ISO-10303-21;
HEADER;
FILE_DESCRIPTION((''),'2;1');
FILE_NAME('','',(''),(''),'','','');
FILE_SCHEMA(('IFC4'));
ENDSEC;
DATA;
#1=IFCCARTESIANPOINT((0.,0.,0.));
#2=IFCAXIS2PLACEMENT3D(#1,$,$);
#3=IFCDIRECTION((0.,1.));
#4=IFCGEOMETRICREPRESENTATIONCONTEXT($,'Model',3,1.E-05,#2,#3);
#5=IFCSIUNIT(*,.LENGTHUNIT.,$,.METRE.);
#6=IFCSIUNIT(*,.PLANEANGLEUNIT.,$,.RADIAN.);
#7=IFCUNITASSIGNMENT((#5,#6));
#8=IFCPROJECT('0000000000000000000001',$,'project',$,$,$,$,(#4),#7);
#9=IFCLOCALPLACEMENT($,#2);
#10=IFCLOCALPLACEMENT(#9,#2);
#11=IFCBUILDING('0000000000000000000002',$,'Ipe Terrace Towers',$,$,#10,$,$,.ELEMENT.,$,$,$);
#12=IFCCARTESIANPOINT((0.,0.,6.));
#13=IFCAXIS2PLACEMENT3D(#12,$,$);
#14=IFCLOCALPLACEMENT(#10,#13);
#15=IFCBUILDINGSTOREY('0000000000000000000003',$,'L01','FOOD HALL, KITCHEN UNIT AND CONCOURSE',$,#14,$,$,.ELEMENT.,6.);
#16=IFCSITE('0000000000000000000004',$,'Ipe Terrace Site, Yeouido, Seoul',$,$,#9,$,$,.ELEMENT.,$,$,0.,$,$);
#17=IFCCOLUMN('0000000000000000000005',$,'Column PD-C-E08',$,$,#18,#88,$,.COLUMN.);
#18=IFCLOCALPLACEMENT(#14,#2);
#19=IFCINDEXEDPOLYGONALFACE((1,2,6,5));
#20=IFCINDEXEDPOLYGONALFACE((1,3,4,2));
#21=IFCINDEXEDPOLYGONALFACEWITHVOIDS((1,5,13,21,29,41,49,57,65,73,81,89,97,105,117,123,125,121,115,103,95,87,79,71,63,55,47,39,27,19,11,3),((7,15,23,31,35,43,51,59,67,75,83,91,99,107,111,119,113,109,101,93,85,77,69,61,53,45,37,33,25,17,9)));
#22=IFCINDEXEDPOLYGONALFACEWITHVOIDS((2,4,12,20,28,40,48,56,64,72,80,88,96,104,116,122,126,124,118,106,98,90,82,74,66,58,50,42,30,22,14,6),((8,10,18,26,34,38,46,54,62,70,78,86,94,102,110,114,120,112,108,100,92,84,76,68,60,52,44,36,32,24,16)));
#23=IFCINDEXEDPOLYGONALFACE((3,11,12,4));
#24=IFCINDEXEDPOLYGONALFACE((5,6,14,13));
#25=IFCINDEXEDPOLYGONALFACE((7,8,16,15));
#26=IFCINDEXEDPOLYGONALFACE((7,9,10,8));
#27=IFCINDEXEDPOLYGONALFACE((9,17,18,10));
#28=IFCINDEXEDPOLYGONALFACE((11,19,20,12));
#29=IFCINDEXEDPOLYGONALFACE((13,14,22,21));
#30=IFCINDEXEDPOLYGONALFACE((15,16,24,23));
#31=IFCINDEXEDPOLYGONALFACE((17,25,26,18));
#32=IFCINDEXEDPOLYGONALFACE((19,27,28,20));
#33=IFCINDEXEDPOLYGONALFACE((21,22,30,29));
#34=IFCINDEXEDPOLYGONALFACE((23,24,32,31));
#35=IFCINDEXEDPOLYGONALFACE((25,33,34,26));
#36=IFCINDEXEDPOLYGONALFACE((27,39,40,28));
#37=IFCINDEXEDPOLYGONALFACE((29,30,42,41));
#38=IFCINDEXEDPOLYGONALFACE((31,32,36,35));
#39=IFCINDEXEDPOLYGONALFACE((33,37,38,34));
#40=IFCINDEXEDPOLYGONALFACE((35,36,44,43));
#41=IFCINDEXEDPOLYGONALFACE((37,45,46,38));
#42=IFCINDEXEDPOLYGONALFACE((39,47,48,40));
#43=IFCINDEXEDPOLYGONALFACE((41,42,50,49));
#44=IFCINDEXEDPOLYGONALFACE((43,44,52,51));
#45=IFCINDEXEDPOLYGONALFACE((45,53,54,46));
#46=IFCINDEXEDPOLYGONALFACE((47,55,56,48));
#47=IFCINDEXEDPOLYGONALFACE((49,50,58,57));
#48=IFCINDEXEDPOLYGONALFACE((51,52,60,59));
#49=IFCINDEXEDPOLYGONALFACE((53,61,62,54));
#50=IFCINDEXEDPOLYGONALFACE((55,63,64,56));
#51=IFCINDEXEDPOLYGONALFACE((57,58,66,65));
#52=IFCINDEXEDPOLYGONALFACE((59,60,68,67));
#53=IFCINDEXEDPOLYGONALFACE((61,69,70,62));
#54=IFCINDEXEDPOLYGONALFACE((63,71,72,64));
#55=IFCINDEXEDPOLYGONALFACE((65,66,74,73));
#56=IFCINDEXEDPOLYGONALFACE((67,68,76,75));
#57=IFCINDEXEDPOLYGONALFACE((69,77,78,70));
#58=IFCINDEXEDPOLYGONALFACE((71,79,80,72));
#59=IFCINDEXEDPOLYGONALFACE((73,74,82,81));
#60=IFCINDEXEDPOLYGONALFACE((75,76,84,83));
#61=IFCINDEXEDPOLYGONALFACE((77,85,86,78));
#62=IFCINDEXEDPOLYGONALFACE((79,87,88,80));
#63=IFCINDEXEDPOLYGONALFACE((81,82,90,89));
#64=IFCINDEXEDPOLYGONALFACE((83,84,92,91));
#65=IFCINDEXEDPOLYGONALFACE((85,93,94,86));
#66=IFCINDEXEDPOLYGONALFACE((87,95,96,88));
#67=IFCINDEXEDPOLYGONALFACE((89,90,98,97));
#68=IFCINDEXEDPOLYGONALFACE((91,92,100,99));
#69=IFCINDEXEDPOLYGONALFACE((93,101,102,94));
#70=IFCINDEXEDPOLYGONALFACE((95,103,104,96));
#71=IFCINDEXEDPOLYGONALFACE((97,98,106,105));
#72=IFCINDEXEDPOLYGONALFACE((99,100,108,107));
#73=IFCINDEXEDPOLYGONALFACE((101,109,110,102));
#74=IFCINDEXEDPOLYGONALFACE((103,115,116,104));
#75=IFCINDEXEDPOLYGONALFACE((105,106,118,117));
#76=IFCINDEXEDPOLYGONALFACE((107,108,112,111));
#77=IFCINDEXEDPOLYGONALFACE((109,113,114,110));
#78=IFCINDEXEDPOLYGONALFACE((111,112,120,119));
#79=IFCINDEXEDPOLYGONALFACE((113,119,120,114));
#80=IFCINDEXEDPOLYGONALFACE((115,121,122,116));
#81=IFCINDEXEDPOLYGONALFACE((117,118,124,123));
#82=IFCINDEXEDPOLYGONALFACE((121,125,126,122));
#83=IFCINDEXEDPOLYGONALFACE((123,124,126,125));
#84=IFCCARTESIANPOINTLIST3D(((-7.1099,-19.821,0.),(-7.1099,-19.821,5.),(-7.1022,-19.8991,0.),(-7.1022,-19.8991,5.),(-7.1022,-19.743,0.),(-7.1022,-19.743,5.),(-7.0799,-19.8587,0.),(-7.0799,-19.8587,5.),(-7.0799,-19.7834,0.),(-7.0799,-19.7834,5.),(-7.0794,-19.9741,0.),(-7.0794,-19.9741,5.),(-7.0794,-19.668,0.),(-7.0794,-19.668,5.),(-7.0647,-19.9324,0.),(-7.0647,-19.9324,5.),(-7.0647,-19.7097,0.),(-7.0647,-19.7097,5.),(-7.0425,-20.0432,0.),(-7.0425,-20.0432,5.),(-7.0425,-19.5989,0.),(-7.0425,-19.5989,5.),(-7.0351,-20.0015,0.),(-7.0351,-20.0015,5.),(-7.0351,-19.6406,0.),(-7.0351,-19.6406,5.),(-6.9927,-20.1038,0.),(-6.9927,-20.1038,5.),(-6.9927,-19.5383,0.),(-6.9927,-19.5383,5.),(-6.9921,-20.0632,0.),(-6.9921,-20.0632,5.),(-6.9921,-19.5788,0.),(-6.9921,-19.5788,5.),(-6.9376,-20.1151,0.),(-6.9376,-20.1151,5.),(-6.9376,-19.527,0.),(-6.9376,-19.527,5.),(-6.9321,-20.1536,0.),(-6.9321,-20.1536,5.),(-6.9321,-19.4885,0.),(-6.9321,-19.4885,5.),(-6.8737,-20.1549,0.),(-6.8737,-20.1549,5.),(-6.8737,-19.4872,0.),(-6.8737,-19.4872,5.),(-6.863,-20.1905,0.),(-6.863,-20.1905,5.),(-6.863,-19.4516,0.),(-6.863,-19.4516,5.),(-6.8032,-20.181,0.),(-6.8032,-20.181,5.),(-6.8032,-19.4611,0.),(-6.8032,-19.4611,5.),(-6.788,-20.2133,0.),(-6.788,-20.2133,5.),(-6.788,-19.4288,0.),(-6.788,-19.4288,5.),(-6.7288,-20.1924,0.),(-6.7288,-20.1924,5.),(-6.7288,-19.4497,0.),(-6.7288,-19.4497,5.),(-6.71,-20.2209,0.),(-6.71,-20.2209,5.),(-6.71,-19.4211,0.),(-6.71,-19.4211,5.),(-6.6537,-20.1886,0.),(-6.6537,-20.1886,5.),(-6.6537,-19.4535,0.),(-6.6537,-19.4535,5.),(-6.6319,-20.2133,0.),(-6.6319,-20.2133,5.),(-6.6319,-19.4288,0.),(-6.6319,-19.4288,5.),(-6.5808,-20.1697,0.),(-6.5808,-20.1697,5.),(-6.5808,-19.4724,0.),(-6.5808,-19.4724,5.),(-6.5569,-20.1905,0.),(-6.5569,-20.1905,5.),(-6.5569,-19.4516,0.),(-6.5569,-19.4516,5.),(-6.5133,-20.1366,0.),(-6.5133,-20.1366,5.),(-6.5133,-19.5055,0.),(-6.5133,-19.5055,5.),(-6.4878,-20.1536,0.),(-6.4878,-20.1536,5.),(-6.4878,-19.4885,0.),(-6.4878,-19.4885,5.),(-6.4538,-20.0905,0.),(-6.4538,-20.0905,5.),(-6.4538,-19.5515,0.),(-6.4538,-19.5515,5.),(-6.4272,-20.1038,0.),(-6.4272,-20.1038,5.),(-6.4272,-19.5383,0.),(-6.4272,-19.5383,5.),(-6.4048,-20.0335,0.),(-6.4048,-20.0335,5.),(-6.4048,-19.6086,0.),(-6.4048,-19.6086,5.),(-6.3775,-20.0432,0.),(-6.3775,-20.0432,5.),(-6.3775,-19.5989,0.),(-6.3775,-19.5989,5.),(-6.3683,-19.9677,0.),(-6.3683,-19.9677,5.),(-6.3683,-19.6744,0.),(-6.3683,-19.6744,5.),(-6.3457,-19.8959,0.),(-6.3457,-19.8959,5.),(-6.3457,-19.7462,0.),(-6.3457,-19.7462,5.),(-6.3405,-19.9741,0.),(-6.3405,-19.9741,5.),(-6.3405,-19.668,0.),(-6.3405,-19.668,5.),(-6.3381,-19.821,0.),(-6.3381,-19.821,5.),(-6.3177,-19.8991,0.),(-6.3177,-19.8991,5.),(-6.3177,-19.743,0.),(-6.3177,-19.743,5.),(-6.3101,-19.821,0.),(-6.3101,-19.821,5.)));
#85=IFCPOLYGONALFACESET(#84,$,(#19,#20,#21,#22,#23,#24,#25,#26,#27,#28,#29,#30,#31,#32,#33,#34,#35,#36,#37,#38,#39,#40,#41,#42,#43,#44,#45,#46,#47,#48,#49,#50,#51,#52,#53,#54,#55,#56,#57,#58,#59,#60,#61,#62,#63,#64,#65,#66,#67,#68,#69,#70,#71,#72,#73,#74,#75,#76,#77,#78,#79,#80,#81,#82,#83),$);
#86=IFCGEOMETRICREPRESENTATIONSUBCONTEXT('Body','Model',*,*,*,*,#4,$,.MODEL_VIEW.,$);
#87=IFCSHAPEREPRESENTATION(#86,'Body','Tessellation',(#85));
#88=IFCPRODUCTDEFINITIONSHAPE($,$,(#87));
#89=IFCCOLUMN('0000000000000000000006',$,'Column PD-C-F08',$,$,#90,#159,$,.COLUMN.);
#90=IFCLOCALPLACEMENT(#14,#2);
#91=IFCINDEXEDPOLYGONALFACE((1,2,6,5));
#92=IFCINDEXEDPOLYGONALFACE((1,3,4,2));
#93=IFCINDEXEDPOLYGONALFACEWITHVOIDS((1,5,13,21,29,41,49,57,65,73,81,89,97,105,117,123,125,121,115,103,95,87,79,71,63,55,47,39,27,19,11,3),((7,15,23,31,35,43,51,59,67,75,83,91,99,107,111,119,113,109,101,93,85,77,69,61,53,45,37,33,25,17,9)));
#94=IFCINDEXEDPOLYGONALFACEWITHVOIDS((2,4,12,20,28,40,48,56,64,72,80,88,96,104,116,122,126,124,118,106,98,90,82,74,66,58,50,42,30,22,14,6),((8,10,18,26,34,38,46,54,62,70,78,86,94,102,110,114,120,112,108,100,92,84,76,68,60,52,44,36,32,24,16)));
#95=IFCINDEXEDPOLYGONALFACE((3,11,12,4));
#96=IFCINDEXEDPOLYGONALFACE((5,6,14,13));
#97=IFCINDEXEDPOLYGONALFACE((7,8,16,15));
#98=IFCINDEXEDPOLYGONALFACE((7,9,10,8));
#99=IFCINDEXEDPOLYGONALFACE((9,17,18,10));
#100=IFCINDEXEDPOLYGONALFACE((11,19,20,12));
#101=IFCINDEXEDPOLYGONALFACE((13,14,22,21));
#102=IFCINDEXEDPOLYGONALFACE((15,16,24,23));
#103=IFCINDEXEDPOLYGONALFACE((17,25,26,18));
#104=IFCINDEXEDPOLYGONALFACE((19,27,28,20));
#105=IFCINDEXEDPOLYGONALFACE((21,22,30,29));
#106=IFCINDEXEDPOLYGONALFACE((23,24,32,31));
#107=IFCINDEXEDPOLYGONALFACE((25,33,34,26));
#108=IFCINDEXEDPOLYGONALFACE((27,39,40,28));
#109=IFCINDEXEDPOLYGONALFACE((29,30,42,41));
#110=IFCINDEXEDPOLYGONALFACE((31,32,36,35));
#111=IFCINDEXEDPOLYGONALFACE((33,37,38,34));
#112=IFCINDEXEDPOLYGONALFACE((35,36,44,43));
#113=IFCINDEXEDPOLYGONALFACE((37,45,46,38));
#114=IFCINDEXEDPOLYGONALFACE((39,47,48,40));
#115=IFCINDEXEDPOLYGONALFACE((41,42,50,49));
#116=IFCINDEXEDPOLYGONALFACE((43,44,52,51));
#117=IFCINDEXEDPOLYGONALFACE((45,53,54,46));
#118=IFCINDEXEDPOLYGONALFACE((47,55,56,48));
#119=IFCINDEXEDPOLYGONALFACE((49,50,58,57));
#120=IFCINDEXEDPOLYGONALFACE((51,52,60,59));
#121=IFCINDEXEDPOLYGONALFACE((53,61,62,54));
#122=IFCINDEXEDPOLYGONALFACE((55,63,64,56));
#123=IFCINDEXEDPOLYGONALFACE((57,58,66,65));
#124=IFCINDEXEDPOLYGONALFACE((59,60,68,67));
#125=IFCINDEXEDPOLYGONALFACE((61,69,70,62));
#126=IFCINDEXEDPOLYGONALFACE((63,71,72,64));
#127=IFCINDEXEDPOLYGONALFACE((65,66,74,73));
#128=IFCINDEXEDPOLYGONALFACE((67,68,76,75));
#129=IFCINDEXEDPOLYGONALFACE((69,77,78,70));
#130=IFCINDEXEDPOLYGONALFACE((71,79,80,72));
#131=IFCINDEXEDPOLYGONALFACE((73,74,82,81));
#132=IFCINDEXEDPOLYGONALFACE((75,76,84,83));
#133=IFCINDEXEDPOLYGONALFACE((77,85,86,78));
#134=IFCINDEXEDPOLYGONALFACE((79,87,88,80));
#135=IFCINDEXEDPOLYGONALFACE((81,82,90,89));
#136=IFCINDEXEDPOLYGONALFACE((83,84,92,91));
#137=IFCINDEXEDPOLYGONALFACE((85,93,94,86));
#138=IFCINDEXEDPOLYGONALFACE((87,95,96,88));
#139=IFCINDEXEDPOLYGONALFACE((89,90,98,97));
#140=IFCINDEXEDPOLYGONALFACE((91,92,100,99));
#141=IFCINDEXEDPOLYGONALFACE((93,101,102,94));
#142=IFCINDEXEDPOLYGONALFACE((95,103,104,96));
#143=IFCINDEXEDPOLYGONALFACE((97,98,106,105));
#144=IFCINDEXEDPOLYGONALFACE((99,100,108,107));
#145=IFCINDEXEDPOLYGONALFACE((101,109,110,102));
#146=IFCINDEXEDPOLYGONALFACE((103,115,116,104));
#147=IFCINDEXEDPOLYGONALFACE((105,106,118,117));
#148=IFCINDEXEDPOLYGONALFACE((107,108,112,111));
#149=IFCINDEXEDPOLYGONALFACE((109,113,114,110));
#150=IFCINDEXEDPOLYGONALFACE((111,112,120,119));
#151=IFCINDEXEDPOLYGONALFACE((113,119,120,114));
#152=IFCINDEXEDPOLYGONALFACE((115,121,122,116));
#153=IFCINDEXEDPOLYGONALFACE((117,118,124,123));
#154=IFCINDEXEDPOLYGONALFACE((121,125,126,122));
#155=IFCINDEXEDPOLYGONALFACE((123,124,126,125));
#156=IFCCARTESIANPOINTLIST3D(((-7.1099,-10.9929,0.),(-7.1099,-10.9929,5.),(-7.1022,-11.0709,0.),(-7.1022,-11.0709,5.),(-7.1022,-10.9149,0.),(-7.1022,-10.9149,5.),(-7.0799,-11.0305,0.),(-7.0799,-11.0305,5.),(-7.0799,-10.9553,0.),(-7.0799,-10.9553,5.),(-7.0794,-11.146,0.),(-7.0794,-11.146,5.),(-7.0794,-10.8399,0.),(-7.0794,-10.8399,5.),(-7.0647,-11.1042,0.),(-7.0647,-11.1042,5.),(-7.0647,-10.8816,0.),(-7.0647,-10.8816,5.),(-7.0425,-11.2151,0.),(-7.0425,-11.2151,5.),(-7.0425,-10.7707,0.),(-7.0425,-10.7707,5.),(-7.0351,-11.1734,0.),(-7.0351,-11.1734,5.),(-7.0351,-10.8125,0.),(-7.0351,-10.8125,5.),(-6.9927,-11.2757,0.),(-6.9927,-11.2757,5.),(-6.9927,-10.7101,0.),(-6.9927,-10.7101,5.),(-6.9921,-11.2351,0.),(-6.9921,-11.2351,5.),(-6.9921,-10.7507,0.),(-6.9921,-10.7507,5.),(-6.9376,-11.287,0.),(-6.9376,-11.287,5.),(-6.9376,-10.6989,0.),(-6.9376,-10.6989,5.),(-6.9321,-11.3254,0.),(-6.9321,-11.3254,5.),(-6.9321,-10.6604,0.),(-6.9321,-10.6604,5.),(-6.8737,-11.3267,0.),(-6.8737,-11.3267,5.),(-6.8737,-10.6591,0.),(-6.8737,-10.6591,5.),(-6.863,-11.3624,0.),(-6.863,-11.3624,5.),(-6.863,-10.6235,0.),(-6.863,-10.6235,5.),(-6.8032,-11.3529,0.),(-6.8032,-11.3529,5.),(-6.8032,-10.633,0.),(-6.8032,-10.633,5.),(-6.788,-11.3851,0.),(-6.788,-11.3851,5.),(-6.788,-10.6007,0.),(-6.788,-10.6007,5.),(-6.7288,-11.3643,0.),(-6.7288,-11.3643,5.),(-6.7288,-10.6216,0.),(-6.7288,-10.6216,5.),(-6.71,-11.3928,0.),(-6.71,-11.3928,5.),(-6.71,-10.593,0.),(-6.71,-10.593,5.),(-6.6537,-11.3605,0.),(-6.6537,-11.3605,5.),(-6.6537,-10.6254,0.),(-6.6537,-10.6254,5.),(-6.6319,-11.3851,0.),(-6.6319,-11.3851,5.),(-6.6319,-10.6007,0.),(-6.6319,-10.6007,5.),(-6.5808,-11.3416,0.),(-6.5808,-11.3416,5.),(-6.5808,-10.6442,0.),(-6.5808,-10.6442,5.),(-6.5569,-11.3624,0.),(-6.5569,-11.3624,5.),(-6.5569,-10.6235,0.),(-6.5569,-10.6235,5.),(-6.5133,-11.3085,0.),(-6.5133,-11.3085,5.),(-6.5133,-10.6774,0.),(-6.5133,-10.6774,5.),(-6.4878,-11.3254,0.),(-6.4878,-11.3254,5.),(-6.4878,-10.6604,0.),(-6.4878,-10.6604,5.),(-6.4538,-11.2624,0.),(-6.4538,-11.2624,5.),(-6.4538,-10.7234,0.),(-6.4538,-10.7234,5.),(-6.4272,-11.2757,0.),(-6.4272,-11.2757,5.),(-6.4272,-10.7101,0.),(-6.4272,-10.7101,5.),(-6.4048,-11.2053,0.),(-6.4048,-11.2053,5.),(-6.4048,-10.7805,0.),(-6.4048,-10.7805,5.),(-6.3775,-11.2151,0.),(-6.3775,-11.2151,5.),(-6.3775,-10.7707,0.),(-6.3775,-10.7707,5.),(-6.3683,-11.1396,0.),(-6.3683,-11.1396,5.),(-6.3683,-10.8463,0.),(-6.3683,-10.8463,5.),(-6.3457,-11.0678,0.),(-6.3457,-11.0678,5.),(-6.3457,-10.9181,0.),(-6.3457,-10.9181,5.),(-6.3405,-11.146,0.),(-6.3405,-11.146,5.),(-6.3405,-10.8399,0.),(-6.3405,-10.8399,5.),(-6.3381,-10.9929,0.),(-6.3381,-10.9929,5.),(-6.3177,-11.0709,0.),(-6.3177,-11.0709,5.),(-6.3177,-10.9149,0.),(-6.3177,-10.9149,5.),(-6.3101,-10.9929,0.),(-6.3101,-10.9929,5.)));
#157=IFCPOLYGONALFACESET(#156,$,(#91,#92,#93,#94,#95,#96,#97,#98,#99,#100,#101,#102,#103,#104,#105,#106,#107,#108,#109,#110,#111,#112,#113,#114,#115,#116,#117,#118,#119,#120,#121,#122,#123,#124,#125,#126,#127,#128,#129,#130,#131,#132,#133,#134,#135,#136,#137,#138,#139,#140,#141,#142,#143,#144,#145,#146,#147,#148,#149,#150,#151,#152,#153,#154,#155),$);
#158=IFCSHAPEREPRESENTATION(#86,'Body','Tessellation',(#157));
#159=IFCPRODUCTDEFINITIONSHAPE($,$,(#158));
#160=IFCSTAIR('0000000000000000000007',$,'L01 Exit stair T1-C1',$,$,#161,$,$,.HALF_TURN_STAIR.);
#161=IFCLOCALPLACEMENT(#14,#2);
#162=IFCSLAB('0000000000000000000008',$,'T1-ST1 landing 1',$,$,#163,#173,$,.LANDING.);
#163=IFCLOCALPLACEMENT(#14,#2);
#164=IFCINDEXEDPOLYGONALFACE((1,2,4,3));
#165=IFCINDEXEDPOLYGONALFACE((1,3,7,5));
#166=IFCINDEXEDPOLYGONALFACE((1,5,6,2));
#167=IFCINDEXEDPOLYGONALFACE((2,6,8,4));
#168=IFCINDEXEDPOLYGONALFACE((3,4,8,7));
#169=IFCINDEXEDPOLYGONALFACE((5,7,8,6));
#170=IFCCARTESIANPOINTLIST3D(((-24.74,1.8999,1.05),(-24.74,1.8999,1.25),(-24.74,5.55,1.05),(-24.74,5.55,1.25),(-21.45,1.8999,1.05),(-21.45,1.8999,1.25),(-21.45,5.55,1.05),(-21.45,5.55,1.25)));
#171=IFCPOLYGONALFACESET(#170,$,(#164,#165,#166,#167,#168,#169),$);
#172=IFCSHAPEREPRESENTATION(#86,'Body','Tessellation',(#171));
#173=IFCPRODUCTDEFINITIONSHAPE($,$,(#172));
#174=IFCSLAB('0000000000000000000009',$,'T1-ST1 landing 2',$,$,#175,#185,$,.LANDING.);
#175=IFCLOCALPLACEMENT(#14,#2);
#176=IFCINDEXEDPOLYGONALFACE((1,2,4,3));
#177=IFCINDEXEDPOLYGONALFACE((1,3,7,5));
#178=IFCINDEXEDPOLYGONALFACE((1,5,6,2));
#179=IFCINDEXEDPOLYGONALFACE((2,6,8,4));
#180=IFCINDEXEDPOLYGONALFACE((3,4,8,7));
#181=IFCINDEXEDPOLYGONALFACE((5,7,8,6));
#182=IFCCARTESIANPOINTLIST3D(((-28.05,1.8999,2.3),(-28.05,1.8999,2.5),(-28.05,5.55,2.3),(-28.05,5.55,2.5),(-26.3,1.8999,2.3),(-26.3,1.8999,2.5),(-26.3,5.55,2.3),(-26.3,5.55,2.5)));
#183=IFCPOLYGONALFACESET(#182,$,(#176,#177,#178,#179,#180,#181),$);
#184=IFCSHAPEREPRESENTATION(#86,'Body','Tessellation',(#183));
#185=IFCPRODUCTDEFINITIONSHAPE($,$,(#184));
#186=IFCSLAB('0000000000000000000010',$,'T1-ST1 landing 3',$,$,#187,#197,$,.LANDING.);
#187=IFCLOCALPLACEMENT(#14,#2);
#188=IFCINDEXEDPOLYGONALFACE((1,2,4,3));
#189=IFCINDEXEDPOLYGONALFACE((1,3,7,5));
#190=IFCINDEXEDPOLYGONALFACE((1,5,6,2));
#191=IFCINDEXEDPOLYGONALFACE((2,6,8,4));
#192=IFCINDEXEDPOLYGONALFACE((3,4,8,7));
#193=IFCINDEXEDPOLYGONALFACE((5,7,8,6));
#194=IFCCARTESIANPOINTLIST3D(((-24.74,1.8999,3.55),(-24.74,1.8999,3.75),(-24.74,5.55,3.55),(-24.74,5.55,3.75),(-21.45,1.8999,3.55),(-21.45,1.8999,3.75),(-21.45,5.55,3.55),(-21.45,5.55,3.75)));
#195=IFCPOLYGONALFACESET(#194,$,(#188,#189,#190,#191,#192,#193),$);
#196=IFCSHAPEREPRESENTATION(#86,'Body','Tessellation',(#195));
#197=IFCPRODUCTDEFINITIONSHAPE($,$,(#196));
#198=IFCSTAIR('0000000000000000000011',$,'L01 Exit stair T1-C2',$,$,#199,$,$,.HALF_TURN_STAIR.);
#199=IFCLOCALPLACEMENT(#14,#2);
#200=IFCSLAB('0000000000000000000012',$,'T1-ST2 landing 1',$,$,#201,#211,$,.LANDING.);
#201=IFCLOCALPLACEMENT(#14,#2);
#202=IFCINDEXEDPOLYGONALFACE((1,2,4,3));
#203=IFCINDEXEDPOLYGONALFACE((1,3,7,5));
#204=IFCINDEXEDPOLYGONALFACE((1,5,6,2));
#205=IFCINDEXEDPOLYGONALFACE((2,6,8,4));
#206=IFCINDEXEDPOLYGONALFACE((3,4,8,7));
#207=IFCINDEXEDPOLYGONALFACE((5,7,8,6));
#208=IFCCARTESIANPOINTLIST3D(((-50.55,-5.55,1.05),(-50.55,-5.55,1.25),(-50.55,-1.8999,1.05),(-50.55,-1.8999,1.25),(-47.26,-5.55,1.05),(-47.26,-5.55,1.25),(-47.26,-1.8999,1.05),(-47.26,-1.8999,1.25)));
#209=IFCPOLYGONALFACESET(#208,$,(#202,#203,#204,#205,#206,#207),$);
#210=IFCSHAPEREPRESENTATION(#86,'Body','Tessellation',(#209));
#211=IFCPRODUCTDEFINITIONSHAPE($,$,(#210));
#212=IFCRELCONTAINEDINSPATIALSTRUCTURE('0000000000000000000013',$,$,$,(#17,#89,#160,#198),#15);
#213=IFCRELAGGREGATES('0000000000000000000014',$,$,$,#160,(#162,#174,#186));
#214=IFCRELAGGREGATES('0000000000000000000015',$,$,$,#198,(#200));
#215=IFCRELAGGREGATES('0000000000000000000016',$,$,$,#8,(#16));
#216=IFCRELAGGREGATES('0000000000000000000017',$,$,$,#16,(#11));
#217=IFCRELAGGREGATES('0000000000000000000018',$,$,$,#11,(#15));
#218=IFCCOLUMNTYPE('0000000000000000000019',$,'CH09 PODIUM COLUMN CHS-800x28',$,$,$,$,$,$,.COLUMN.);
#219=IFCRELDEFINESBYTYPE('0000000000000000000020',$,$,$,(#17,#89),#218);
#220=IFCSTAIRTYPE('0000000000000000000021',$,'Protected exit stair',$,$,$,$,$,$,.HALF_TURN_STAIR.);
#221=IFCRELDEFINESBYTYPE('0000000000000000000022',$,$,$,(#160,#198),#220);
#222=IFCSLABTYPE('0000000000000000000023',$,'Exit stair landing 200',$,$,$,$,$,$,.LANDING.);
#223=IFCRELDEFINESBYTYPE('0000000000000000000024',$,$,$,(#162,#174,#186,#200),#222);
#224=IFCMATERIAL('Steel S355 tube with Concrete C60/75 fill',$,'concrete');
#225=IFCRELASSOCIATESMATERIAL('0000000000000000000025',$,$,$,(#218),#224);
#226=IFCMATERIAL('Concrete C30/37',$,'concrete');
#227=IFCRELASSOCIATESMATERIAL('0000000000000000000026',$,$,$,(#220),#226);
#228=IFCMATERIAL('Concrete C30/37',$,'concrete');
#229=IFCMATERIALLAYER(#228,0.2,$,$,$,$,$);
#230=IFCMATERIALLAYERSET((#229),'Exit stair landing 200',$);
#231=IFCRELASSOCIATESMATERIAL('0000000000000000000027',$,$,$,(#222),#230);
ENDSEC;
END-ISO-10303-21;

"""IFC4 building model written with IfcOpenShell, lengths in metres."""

from ifc_helpers import new_model, si_unit, direction, frame, origin, origin_2d, place, context, subcontext, project, spatial, polyline, hollow_circle, outline, extrude, material, layer, layer_set, material_profile, profile_set, type_object, element, aggregate, save


model = new_model("IFC4")

# Units and contexts
model_context = context("Model", 3, precision=1e-05, world=origin(), true_north=direction((0.0, 1.0)))
body_context = subcontext(model_context, "Body", "Model", "MODEL_VIEW")
ifc_project = project(units=[si_unit("LENGTHUNIT", "METRE"), si_unit("PLANEANGLEUNIT", "RADIAN")], contexts=[model_context])

# Site, building, storey
site_placement = place(None, origin())
site = spatial("IfcSite", under=ifc_project, at=site_placement, Name="Ipe Terrace Site, Yeouido, Seoul", CompositionType="ELEMENT", RefElevation=0.0)
building_placement = place(site_placement, origin())
building = spatial("IfcBuilding", under=site, at=building_placement, Name="Ipe Terrace Towers", CompositionType="ELEMENT")
storey_placement = place(building_placement, frame((0.0, 0.0, 6.0)))
storey = spatial("IfcBuildingStorey", under=building, at=storey_placement, Name="L01", Description="FOOD HALL, KITCHEN UNIT AND CONCOURSE", CompositionType="ELEMENT", Elevation=6.0)

# Columns
ifc_material_1 = material(Name="Steel S355 tube with Concrete C60/75 fill", Category="concrete")
ifc_material_profile_1 = material_profile(ifc_material_1, hollow_circle(Radius=0.3999, WallThickness=0.0281, at=origin_2d()), Name="CHS-800x28")
ifc_profile_set_1 = profile_set([ifc_material_profile_1], Name="Steel S355 tube with Concrete C60/75 fill")
column_type_1 = type_object("IfcColumnType", Name="CH09 PODIUM COLUMN CHS-800x28", PredefinedType="COLUMN", material=ifc_profile_set_1)
for number, where, z_axis, x_axis, name in (
    (1, (-6.71, -19.821, 0.0), (0.0, 0.0, 1.0), (1.0, 0.0, 0.0), "Column PD-C-E08"),
    (2, (-6.71, -10.9929, 0.0), (0.0, 0.0, 1.0), (1.0, 0.0, 0.0), "Column PD-C-F08"),
):
    element("IfcColumn", number, at=place(storey_placement, frame(where, z_axis=z_axis, x_axis=x_axis)), inside=storey, type_object=column_type_1, Name=name, PredefinedType="COLUMN", context=body_context, shape_type="SweptSolid", body=[
        extrude(hollow_circle(Radius=0.3999, WallThickness=0.0281, at=origin_2d()), origin(), (0.0, 0.0, 1.0), 5.0),
    ])

# Stairs, slabs
ifc_material_2 = material(Name="Concrete C30/37", Category="concrete")
stair_type = type_object("IfcStairType", Name="Protected exit stair", PredefinedType="HALF_TURN_STAIR", material=ifc_material_2)
stair_1_placement = place(storey_placement, origin())
stair_1 = element("IfcStair", 3, at=stair_1_placement, inside=storey, type_object=stair_type, Name="L01 Exit stair T1-C1", PredefinedType="HALF_TURN_STAIR")
ifc_material_3 = material(Name="Concrete C30/37", Category="concrete")
ifc_layer_1 = layer(ifc_material_3, 0.2)
ifc_layer_set_1 = layer_set([ifc_layer_1], Name="Exit stair landing 200")
slab_type_1 = type_object("IfcSlabType", Name="Exit stair landing 200", PredefinedType="LANDING", material=ifc_layer_set_1)
slab_1_placement = place(storey_placement, frame((0.0, 0.0, 1.05)))
slab_1 = element("IfcSlab", 4, at=slab_1_placement, type_object=slab_type_1, Name="T1-ST1 landing 1", PredefinedType="LANDING", context=body_context, shape_type="SweptSolid", body=[
    extrude(outline(polyline([(-24.74, 1.8999), (-21.45, 1.8999), (-21.45, 5.55), (-24.74, 5.55), (-24.74, 1.8999)])), origin(), (0.0, 0.0, 1.0), 0.2),
])
slab_2_placement = place(storey_placement, frame((0.0, 0.0, 2.3)))
slab_2 = element("IfcSlab", 5, at=slab_2_placement, type_object=slab_type_1, Name="T1-ST1 landing 2", PredefinedType="LANDING", context=body_context, shape_type="SweptSolid", body=[
    extrude(outline(polyline([(-28.05, 1.8999), (-26.3, 1.8999), (-26.3, 5.55), (-28.05, 5.55), (-28.05, 1.8999)])), origin(), (0.0, 0.0, 1.0), 0.2),
])
slab_3_placement = place(storey_placement, frame((0.0, 0.0, 3.55)))
slab_3 = element("IfcSlab", 6, at=slab_3_placement, type_object=slab_type_1, Name="T1-ST1 landing 3", PredefinedType="LANDING", context=body_context, shape_type="SweptSolid", body=[
    extrude(outline(polyline([(-24.74, 1.8999), (-21.45, 1.8999), (-21.45, 5.55), (-24.74, 5.55), (-24.74, 1.8999)])), origin(), (0.0, 0.0, 1.0), 0.2),
])
aggregate(stair_1, [slab_1, slab_2, slab_3])
stair_2_placement = place(storey_placement, origin())
stair_2 = element("IfcStair", 7, at=stair_2_placement, inside=storey, type_object=stair_type, Name="L01 Exit stair T1-C2", PredefinedType="HALF_TURN_STAIR")
slab_4_placement = place(storey_placement, frame((0.0, 0.0, 1.05)))
slab_4 = element("IfcSlab", 8, at=slab_4_placement, type_object=slab_type_1, Name="T1-ST2 landing 1", PredefinedType="LANDING", context=body_context, shape_type="SweptSolid", body=[
    extrude(outline(polyline([(-47.26, -1.8999), (-50.55, -1.8999), (-50.55, -5.55), (-47.26, -5.55), (-47.26, -1.8999)])), origin(), (0.0, 0.0, 1.0), 0.2),
])
aggregate(stair_2, [slab_4])

save(model, "model.ifc")
